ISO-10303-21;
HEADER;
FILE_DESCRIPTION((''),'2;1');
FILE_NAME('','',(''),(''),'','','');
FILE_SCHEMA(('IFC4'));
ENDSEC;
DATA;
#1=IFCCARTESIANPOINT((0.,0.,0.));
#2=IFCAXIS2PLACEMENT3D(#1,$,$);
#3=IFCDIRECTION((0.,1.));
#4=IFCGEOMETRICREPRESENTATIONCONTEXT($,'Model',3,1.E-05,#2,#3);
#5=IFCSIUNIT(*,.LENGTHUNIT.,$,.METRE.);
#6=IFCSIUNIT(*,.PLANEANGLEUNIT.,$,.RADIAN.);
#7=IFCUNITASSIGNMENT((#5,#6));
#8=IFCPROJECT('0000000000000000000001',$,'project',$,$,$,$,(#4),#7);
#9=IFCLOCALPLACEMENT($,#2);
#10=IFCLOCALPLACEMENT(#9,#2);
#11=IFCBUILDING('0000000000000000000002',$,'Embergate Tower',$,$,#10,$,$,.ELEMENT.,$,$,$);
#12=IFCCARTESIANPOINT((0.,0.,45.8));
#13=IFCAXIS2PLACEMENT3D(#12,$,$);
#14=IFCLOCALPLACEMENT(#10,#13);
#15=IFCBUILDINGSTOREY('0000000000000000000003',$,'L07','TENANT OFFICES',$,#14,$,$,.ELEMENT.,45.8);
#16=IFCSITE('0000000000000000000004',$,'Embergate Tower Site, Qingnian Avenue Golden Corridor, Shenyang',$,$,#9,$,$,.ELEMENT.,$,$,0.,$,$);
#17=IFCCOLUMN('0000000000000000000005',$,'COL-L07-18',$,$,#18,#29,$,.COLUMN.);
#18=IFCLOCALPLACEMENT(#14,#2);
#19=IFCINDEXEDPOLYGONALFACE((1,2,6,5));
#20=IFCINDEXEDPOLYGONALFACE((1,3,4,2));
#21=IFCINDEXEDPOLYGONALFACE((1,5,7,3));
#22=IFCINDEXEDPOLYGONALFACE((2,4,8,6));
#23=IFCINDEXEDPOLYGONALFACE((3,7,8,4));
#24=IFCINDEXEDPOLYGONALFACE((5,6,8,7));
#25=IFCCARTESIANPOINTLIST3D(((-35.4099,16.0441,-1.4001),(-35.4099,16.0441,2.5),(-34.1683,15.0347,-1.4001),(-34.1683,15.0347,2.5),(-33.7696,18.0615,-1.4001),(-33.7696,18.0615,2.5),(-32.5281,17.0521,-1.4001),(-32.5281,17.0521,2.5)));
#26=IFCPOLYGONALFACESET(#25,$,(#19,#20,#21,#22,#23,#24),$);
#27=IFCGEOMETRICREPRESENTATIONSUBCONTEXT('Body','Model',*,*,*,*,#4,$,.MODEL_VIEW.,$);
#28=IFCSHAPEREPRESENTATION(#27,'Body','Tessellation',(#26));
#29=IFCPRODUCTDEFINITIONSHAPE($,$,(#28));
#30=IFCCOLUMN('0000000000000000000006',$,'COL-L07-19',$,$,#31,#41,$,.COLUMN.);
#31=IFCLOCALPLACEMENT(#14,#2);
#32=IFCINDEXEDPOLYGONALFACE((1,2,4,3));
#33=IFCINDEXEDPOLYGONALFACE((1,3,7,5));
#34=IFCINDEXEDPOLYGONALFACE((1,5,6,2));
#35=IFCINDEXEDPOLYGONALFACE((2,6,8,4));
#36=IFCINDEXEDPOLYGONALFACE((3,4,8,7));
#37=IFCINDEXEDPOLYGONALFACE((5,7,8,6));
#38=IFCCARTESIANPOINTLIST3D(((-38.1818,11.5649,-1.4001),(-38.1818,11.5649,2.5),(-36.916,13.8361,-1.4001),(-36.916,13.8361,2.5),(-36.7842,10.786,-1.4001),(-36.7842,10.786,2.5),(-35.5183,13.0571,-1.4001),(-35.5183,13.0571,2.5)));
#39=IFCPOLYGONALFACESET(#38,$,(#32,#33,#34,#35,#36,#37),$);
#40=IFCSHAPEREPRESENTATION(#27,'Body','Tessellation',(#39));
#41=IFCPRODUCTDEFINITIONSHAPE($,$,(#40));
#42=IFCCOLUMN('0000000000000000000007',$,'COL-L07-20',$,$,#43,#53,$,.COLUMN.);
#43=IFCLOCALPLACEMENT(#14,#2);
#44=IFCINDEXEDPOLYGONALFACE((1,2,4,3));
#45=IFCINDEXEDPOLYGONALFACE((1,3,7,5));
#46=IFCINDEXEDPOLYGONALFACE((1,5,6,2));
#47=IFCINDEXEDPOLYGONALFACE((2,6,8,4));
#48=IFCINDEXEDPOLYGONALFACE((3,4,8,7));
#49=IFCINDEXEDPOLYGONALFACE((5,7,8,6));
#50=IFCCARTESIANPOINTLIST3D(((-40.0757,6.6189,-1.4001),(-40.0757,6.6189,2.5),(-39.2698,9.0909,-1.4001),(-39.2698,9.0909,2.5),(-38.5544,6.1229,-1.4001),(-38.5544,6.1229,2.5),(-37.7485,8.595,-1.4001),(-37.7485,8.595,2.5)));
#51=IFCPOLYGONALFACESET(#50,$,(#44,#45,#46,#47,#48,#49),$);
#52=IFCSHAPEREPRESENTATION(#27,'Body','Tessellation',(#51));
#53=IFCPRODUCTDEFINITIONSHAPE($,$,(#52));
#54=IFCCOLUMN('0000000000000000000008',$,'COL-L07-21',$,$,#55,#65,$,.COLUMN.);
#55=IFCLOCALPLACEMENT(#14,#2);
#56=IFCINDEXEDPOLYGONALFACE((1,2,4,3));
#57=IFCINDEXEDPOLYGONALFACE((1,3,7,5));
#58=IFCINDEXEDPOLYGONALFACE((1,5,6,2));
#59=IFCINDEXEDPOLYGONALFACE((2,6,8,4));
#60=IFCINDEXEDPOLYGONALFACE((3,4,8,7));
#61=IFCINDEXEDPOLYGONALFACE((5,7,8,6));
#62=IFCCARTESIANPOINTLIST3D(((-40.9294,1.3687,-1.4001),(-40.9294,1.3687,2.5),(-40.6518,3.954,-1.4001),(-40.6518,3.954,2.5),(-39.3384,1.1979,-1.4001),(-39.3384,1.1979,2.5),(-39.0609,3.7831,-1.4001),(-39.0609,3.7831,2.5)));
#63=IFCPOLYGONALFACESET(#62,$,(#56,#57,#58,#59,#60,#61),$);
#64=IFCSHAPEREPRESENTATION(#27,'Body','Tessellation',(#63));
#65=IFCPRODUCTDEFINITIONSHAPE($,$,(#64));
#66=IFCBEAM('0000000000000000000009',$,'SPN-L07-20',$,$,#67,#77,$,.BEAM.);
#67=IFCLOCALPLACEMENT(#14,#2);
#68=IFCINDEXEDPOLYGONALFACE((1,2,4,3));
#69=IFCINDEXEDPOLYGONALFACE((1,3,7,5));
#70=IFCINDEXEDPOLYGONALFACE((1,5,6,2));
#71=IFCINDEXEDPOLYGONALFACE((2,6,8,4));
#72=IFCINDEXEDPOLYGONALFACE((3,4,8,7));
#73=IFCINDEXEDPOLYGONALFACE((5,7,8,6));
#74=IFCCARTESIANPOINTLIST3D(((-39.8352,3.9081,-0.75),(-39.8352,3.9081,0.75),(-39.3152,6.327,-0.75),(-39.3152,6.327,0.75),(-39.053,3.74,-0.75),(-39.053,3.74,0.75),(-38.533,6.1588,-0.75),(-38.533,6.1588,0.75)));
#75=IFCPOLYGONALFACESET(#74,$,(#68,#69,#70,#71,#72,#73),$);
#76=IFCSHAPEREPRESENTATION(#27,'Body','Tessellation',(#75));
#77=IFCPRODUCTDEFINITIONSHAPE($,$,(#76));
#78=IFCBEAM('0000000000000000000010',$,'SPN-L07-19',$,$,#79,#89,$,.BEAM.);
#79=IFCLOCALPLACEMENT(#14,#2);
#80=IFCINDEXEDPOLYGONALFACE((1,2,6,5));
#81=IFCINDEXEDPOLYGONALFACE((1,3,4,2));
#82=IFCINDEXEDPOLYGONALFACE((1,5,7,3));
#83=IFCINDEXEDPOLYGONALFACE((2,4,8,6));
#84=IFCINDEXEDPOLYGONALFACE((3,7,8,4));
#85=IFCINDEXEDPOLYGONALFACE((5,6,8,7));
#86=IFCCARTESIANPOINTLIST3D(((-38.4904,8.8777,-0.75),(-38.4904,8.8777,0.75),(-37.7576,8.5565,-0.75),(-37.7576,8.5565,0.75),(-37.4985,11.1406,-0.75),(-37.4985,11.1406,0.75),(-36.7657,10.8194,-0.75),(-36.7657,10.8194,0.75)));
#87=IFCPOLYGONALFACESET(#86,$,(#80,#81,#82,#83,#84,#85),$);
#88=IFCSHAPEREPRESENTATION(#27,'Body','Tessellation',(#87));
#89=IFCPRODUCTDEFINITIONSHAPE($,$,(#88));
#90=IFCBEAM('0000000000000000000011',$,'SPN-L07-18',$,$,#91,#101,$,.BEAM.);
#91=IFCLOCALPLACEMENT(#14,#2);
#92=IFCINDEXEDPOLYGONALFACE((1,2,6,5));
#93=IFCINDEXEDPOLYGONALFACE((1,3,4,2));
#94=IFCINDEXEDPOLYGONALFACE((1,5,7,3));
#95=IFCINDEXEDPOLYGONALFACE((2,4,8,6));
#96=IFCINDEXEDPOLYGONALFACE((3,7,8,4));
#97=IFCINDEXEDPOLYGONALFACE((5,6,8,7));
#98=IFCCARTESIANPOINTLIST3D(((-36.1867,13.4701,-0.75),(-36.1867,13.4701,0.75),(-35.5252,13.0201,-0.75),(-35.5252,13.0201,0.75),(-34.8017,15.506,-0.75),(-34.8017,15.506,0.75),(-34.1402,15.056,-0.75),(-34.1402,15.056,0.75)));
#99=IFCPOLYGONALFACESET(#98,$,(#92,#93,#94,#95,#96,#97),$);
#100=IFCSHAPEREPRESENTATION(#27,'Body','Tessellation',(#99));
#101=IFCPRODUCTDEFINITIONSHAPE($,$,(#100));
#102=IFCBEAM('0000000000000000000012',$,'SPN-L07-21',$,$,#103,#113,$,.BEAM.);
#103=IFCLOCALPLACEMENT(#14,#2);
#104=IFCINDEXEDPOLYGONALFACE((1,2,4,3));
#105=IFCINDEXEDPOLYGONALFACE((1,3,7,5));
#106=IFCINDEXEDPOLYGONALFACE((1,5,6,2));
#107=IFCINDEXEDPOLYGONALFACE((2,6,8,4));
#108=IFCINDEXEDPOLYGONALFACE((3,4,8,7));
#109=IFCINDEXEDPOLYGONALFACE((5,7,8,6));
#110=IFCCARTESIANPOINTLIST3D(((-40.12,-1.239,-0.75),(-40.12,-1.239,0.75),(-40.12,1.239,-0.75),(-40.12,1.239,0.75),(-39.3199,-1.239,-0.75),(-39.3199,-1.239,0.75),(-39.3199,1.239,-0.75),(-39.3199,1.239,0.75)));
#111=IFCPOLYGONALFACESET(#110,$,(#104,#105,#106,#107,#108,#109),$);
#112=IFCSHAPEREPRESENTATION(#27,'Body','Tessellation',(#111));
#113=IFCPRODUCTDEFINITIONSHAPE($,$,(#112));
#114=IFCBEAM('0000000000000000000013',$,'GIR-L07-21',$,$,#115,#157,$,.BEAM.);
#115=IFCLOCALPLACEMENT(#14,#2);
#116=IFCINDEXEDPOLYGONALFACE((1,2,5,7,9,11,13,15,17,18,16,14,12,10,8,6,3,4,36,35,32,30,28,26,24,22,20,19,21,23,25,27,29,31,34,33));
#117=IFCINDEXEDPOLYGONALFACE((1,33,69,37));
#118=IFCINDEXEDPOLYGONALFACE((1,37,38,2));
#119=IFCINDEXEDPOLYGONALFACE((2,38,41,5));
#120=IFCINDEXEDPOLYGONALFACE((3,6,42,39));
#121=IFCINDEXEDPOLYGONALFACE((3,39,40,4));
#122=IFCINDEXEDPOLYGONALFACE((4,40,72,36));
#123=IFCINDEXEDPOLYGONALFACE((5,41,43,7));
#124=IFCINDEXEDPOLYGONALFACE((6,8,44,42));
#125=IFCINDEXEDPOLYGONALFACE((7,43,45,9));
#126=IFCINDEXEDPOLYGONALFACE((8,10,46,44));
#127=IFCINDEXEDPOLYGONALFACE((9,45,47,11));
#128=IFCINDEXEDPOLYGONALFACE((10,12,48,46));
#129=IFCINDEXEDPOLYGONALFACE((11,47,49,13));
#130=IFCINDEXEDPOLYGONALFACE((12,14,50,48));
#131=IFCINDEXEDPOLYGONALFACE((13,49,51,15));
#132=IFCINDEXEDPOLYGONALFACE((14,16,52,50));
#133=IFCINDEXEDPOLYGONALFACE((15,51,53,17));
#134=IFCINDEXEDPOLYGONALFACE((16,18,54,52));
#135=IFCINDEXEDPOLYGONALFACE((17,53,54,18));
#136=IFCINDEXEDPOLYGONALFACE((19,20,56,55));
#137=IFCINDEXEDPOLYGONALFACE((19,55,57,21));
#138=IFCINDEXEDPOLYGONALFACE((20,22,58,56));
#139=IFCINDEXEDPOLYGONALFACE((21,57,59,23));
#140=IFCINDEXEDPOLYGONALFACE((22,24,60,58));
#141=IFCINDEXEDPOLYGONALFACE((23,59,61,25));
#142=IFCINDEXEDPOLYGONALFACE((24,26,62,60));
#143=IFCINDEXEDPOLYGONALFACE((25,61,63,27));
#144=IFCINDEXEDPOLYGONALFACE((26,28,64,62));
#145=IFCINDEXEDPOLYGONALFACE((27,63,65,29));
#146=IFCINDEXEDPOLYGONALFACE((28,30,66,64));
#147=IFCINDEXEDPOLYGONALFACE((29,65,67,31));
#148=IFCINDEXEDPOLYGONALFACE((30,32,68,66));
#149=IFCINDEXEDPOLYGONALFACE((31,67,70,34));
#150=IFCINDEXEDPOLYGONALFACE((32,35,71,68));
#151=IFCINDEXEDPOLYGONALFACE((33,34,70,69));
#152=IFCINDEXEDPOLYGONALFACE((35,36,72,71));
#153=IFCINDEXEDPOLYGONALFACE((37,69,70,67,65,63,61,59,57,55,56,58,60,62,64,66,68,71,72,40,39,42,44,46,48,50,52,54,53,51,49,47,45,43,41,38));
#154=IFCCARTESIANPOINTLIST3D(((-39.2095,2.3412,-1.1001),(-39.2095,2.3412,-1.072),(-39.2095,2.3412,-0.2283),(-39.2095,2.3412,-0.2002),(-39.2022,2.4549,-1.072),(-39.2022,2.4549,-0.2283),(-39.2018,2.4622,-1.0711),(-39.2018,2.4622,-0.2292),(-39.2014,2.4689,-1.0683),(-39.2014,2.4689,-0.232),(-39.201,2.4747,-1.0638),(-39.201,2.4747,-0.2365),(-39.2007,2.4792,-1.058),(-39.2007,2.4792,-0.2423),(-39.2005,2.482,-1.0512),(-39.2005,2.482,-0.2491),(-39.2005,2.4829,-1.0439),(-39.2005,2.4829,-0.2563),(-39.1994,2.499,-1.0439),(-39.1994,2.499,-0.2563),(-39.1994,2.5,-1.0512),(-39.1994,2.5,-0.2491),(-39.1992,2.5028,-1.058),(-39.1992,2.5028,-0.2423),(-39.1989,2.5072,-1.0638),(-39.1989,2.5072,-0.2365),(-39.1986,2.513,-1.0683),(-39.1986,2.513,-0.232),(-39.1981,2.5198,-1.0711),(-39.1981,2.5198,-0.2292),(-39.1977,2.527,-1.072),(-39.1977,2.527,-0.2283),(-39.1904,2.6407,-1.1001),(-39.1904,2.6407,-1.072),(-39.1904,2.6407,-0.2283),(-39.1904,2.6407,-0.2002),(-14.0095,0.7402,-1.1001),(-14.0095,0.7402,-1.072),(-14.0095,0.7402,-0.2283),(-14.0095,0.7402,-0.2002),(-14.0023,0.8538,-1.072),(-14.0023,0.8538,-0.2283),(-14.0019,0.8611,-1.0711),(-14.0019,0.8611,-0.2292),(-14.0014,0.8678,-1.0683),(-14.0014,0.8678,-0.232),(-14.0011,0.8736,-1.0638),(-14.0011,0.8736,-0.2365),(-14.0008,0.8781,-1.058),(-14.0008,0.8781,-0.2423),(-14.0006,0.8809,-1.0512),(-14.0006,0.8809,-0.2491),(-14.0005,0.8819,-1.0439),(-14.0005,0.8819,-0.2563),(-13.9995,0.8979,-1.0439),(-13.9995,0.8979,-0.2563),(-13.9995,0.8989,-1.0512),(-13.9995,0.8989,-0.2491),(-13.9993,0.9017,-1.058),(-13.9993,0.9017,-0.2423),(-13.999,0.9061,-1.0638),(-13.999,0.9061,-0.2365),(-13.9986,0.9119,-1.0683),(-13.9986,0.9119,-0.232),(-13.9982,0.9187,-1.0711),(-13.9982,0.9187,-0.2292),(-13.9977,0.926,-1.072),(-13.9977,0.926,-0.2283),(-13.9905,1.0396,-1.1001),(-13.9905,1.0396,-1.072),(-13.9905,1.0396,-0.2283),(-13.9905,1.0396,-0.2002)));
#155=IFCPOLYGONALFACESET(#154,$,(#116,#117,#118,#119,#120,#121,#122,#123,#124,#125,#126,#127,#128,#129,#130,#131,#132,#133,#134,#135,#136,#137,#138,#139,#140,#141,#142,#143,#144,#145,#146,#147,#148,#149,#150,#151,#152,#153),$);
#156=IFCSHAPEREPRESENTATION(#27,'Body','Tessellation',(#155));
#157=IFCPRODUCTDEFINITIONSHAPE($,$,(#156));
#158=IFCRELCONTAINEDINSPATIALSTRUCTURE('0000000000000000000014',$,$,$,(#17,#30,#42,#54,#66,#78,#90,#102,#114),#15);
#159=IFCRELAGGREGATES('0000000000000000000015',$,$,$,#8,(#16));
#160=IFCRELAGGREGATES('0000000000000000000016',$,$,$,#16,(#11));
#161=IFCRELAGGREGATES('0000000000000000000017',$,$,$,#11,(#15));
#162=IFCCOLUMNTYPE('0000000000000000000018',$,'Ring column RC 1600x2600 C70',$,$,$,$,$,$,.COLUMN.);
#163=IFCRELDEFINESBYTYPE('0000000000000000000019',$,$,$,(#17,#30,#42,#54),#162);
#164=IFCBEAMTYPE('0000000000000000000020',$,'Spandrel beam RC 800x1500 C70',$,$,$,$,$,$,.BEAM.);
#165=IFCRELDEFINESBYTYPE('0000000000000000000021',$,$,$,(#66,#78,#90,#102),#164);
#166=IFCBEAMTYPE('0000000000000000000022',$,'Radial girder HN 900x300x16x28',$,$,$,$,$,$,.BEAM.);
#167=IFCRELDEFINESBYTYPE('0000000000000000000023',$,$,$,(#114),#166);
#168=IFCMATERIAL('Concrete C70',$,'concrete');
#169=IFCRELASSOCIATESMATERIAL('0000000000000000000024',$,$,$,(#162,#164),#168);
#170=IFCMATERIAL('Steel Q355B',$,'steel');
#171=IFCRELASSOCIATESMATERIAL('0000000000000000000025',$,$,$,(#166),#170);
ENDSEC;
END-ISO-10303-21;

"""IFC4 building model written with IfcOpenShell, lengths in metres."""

from ifc_helpers import new_model, si_unit, direction, frame, origin, origin_2d, place, context, subcontext, project, spatial, rectangle, i_section, extrude, source, transform, mapped, material, material_profile, profile_set, type_object, element, save


model = new_model("IFC4")

# Units and contexts
model_context = context("Model", 3, precision=1e-05, world=origin(), true_north=direction((0.0, 1.0)))
body_context = subcontext(model_context, "Body", "Model", "MODEL_VIEW")
ifc_project = project(units=[si_unit("LENGTHUNIT", "METRE"), si_unit("PLANEANGLEUNIT", "RADIAN")], contexts=[model_context])

# Site, building, storey
site_placement = place(None, origin())
site = spatial("IfcSite", under=ifc_project, at=site_placement, Name="Embergate Tower Site, Qingnian Avenue Golden Corridor, Shenyang", CompositionType="ELEMENT", RefElevation=0.0)
building_placement = place(site_placement, origin())
building = spatial("IfcBuilding", under=site, at=building_placement, Name="Embergate Tower", CompositionType="ELEMENT")
storey_placement = place(building_placement, frame((0.0, 0.0, 45.8)))
storey = spatial("IfcBuildingStorey", under=building, at=storey_placement, Name="L07", Description="TENANT OFFICES", CompositionType="ELEMENT", Elevation=45.8)

# Columns
ifc_material_1 = material(Name="Concrete C70", Category="concrete")
ifc_material_profile_1 = material_profile(ifc_material_1, rectangle(XDim=1.6001, YDim=2.6001, at=origin_2d()), Name="RC 1600x2600")
ifc_profile_set_1 = profile_set([ifc_material_profile_1], Name="Concrete C70")
column_type = type_object("IfcColumnType", Name="Ring column RC 1600x2600 C70", PredefinedType="COLUMN", material=ifc_profile_set_1)
shared_shape_1 = source(origin(), body_context, "Body", "SweptSolid", [
    extrude(rectangle(XDim=1.6001, YDim=2.6001, at=origin_2d()), origin(), (0.0, 0.0, 1.0), 3.9001),
])
for number, where, z_axis, x_axis, name in (
    (1, (-33.969, 16.5481, -1.4001), (0.0, 0.0, 1.0), (-0.775914, 0.630838, 0.0), "COL-L07-18"),
    (2, (-36.8501, 12.311, -1.4001), (0.0, 0.0, 1.0), (-0.873492, 0.486839, 0.0), "COL-L07-19"),
    (3, (-38.9121, 7.6069, -1.4001), (0.0, 0.0, 1.0), (-0.950754, 0.309946, 0.0), "COL-L07-20"),
    (4, (-39.9951, 2.5759, -1.4001), (0.0, 0.0, 1.0), (-0.994286, 0.10675, 0.0), "COL-L07-21"),
):
    element("IfcColumn", number, at=place(storey_placement, frame(where, z_axis=z_axis, x_axis=x_axis)), inside=storey, type_object=column_type, Name=name, PredefinedType="COLUMN", context=body_context, shape_type="MappedRepresentation", body=[
        mapped(shared_shape_1, transform((0.0, 0.0, 0.0))),
    ])

# Beams
ifc_material_profile_2 = material_profile(ifc_material_1, rectangle(XDim=0.8, YDim=1.5, at=origin_2d()), Name="RC 800x1500")
ifc_profile_set_2 = profile_set([ifc_material_profile_2], Name="Concrete C70")
beam_type_1 = type_object("IfcBeamType", Name="Spandrel beam RC 800x1500 C70", PredefinedType="BEAM", material=ifc_profile_set_2)
shared_shape_2 = source(origin(), body_context, "Body", "SweptSolid", [
    extrude(rectangle(XDim=0.8, YDim=1.5, at=origin_2d()), origin(), (0.0, 0.0, 1.0), 2.4741),
])
beam_1_placement = place(storey_placement, frame((-38.9241, 6.2429, 0.0), z_axis=(-0.210176, -0.977664, 0.0), x_axis=(0.977664, -0.210176, 0.0)))
element("IfcBeam", 5, at=beam_1_placement, inside=storey, type_object=beam_type_1, Name="SPN-L07-20", PredefinedType="BEAM", context=body_context, shape_type="MappedRepresentation", body=[
    mapped(shared_shape_2, transform((0.0, 0.0, 0.0))),
])
shared_shape_3 = source(origin(), body_context, "Body", "SweptSolid", [
    extrude(rectangle(XDim=0.8, YDim=1.5, at=origin_2d()), origin(), (0.0, 0.0, 1.0), 2.4707),
])
beam_2_placement = place(storey_placement, frame((-37.1321, 10.98, 0.0), z_axis=(-0.401467, -0.915874, 0.0), x_axis=(0.915874, -0.401467, 0.0)))
element("IfcBeam", 6, at=beam_2_placement, inside=storey, type_object=beam_type_1, Name="SPN-L07-19", PredefinedType="BEAM", context=body_context, shape_type="MappedRepresentation", body=[
    mapped(shared_shape_3, transform((0.0, 0.0, 0.0))),
])
shared_shape_4 = source(origin(), body_context, "Body", "SweptSolid", [
    extrude(rectangle(XDim=0.8, YDim=1.5, at=origin_2d()), origin(), (0.0, 0.0, 1.0), 2.4624),
])
beam_3_placement = place(storey_placement, frame((-34.4709, 15.281, 0.0), z_axis=(-0.562478, -0.826812, 0.0), x_axis=(0.826812, -0.562478, 0.0)))
element("IfcBeam", 7, at=beam_3_placement, inside=storey, type_object=beam_type_1, Name="SPN-L07-18", PredefinedType="BEAM", context=body_context, shape_type="MappedRepresentation", body=[
    mapped(shared_shape_4, transform((0.0, 0.0, 0.0))),
])
shared_shape_5 = source(origin(), body_context, "Body", "SweptSolid", [
    extrude(rectangle(XDim=0.8, YDim=1.5, at=origin_2d()), origin(), (0.0, 0.0, 1.0), 2.478),
])
beam_4_placement = place(storey_placement, frame((-39.72, 1.239, 0.0), z_axis=(0.0, -1.0, 0.0), x_axis=(1.0, 0.0, 0.0)))
element("IfcBeam", 8, at=beam_4_placement, inside=storey, type_object=beam_type_1, Name="SPN-L07-21", PredefinedType="BEAM", context=body_context, shape_type="MappedRepresentation", body=[
    mapped(shared_shape_5, transform((0.0, 0.0, 0.0))),
])
ifc_material_2 = material(Name="Steel Q355B", Category="steel")
ifc_material_profile_3 = material_profile(ifc_material_2, i_section(OverallWidth=0.3, OverallDepth=0.8999, WebThickness=0.0161, FlangeThickness=0.0281, FilletRadius=0.0281, at=origin_2d()), Name="HN 900x300x16x28")
ifc_profile_set_3 = profile_set([ifc_material_profile_3], Name="Steel Q355 grade B")
beam_type_2 = type_object("IfcBeamType", Name="Radial girder HN 900x300x16x28", PredefinedType="BEAM", material=ifc_profile_set_3)
shared_shape_6 = source(origin(), body_context, "Body", "SweptSolid", [
    extrude(i_section(OverallWidth=0.3, OverallDepth=0.8999, WebThickness=0.0161, FlangeThickness=0.0281, FilletRadius=0.0281, at=origin_2d()), origin(), (0.0, 0.0, 1.0), 25.2507),
])
beam_5_placement = place(storey_placement, frame((-39.2, 2.491, -0.6501), z_axis=(0.997988, -0.063407, 0.0), x_axis=(0.063407, 0.997988, 0.0)))
element("IfcBeam", 9, at=beam_5_placement, inside=storey, type_object=beam_type_2, Name="GIR-L07-21", PredefinedType="BEAM", context=body_context, shape_type="MappedRepresentation", body=[
    mapped(shared_shape_6, transform((0.0, 0.0, 0.0))),
])

save(model, "model.ifc")
